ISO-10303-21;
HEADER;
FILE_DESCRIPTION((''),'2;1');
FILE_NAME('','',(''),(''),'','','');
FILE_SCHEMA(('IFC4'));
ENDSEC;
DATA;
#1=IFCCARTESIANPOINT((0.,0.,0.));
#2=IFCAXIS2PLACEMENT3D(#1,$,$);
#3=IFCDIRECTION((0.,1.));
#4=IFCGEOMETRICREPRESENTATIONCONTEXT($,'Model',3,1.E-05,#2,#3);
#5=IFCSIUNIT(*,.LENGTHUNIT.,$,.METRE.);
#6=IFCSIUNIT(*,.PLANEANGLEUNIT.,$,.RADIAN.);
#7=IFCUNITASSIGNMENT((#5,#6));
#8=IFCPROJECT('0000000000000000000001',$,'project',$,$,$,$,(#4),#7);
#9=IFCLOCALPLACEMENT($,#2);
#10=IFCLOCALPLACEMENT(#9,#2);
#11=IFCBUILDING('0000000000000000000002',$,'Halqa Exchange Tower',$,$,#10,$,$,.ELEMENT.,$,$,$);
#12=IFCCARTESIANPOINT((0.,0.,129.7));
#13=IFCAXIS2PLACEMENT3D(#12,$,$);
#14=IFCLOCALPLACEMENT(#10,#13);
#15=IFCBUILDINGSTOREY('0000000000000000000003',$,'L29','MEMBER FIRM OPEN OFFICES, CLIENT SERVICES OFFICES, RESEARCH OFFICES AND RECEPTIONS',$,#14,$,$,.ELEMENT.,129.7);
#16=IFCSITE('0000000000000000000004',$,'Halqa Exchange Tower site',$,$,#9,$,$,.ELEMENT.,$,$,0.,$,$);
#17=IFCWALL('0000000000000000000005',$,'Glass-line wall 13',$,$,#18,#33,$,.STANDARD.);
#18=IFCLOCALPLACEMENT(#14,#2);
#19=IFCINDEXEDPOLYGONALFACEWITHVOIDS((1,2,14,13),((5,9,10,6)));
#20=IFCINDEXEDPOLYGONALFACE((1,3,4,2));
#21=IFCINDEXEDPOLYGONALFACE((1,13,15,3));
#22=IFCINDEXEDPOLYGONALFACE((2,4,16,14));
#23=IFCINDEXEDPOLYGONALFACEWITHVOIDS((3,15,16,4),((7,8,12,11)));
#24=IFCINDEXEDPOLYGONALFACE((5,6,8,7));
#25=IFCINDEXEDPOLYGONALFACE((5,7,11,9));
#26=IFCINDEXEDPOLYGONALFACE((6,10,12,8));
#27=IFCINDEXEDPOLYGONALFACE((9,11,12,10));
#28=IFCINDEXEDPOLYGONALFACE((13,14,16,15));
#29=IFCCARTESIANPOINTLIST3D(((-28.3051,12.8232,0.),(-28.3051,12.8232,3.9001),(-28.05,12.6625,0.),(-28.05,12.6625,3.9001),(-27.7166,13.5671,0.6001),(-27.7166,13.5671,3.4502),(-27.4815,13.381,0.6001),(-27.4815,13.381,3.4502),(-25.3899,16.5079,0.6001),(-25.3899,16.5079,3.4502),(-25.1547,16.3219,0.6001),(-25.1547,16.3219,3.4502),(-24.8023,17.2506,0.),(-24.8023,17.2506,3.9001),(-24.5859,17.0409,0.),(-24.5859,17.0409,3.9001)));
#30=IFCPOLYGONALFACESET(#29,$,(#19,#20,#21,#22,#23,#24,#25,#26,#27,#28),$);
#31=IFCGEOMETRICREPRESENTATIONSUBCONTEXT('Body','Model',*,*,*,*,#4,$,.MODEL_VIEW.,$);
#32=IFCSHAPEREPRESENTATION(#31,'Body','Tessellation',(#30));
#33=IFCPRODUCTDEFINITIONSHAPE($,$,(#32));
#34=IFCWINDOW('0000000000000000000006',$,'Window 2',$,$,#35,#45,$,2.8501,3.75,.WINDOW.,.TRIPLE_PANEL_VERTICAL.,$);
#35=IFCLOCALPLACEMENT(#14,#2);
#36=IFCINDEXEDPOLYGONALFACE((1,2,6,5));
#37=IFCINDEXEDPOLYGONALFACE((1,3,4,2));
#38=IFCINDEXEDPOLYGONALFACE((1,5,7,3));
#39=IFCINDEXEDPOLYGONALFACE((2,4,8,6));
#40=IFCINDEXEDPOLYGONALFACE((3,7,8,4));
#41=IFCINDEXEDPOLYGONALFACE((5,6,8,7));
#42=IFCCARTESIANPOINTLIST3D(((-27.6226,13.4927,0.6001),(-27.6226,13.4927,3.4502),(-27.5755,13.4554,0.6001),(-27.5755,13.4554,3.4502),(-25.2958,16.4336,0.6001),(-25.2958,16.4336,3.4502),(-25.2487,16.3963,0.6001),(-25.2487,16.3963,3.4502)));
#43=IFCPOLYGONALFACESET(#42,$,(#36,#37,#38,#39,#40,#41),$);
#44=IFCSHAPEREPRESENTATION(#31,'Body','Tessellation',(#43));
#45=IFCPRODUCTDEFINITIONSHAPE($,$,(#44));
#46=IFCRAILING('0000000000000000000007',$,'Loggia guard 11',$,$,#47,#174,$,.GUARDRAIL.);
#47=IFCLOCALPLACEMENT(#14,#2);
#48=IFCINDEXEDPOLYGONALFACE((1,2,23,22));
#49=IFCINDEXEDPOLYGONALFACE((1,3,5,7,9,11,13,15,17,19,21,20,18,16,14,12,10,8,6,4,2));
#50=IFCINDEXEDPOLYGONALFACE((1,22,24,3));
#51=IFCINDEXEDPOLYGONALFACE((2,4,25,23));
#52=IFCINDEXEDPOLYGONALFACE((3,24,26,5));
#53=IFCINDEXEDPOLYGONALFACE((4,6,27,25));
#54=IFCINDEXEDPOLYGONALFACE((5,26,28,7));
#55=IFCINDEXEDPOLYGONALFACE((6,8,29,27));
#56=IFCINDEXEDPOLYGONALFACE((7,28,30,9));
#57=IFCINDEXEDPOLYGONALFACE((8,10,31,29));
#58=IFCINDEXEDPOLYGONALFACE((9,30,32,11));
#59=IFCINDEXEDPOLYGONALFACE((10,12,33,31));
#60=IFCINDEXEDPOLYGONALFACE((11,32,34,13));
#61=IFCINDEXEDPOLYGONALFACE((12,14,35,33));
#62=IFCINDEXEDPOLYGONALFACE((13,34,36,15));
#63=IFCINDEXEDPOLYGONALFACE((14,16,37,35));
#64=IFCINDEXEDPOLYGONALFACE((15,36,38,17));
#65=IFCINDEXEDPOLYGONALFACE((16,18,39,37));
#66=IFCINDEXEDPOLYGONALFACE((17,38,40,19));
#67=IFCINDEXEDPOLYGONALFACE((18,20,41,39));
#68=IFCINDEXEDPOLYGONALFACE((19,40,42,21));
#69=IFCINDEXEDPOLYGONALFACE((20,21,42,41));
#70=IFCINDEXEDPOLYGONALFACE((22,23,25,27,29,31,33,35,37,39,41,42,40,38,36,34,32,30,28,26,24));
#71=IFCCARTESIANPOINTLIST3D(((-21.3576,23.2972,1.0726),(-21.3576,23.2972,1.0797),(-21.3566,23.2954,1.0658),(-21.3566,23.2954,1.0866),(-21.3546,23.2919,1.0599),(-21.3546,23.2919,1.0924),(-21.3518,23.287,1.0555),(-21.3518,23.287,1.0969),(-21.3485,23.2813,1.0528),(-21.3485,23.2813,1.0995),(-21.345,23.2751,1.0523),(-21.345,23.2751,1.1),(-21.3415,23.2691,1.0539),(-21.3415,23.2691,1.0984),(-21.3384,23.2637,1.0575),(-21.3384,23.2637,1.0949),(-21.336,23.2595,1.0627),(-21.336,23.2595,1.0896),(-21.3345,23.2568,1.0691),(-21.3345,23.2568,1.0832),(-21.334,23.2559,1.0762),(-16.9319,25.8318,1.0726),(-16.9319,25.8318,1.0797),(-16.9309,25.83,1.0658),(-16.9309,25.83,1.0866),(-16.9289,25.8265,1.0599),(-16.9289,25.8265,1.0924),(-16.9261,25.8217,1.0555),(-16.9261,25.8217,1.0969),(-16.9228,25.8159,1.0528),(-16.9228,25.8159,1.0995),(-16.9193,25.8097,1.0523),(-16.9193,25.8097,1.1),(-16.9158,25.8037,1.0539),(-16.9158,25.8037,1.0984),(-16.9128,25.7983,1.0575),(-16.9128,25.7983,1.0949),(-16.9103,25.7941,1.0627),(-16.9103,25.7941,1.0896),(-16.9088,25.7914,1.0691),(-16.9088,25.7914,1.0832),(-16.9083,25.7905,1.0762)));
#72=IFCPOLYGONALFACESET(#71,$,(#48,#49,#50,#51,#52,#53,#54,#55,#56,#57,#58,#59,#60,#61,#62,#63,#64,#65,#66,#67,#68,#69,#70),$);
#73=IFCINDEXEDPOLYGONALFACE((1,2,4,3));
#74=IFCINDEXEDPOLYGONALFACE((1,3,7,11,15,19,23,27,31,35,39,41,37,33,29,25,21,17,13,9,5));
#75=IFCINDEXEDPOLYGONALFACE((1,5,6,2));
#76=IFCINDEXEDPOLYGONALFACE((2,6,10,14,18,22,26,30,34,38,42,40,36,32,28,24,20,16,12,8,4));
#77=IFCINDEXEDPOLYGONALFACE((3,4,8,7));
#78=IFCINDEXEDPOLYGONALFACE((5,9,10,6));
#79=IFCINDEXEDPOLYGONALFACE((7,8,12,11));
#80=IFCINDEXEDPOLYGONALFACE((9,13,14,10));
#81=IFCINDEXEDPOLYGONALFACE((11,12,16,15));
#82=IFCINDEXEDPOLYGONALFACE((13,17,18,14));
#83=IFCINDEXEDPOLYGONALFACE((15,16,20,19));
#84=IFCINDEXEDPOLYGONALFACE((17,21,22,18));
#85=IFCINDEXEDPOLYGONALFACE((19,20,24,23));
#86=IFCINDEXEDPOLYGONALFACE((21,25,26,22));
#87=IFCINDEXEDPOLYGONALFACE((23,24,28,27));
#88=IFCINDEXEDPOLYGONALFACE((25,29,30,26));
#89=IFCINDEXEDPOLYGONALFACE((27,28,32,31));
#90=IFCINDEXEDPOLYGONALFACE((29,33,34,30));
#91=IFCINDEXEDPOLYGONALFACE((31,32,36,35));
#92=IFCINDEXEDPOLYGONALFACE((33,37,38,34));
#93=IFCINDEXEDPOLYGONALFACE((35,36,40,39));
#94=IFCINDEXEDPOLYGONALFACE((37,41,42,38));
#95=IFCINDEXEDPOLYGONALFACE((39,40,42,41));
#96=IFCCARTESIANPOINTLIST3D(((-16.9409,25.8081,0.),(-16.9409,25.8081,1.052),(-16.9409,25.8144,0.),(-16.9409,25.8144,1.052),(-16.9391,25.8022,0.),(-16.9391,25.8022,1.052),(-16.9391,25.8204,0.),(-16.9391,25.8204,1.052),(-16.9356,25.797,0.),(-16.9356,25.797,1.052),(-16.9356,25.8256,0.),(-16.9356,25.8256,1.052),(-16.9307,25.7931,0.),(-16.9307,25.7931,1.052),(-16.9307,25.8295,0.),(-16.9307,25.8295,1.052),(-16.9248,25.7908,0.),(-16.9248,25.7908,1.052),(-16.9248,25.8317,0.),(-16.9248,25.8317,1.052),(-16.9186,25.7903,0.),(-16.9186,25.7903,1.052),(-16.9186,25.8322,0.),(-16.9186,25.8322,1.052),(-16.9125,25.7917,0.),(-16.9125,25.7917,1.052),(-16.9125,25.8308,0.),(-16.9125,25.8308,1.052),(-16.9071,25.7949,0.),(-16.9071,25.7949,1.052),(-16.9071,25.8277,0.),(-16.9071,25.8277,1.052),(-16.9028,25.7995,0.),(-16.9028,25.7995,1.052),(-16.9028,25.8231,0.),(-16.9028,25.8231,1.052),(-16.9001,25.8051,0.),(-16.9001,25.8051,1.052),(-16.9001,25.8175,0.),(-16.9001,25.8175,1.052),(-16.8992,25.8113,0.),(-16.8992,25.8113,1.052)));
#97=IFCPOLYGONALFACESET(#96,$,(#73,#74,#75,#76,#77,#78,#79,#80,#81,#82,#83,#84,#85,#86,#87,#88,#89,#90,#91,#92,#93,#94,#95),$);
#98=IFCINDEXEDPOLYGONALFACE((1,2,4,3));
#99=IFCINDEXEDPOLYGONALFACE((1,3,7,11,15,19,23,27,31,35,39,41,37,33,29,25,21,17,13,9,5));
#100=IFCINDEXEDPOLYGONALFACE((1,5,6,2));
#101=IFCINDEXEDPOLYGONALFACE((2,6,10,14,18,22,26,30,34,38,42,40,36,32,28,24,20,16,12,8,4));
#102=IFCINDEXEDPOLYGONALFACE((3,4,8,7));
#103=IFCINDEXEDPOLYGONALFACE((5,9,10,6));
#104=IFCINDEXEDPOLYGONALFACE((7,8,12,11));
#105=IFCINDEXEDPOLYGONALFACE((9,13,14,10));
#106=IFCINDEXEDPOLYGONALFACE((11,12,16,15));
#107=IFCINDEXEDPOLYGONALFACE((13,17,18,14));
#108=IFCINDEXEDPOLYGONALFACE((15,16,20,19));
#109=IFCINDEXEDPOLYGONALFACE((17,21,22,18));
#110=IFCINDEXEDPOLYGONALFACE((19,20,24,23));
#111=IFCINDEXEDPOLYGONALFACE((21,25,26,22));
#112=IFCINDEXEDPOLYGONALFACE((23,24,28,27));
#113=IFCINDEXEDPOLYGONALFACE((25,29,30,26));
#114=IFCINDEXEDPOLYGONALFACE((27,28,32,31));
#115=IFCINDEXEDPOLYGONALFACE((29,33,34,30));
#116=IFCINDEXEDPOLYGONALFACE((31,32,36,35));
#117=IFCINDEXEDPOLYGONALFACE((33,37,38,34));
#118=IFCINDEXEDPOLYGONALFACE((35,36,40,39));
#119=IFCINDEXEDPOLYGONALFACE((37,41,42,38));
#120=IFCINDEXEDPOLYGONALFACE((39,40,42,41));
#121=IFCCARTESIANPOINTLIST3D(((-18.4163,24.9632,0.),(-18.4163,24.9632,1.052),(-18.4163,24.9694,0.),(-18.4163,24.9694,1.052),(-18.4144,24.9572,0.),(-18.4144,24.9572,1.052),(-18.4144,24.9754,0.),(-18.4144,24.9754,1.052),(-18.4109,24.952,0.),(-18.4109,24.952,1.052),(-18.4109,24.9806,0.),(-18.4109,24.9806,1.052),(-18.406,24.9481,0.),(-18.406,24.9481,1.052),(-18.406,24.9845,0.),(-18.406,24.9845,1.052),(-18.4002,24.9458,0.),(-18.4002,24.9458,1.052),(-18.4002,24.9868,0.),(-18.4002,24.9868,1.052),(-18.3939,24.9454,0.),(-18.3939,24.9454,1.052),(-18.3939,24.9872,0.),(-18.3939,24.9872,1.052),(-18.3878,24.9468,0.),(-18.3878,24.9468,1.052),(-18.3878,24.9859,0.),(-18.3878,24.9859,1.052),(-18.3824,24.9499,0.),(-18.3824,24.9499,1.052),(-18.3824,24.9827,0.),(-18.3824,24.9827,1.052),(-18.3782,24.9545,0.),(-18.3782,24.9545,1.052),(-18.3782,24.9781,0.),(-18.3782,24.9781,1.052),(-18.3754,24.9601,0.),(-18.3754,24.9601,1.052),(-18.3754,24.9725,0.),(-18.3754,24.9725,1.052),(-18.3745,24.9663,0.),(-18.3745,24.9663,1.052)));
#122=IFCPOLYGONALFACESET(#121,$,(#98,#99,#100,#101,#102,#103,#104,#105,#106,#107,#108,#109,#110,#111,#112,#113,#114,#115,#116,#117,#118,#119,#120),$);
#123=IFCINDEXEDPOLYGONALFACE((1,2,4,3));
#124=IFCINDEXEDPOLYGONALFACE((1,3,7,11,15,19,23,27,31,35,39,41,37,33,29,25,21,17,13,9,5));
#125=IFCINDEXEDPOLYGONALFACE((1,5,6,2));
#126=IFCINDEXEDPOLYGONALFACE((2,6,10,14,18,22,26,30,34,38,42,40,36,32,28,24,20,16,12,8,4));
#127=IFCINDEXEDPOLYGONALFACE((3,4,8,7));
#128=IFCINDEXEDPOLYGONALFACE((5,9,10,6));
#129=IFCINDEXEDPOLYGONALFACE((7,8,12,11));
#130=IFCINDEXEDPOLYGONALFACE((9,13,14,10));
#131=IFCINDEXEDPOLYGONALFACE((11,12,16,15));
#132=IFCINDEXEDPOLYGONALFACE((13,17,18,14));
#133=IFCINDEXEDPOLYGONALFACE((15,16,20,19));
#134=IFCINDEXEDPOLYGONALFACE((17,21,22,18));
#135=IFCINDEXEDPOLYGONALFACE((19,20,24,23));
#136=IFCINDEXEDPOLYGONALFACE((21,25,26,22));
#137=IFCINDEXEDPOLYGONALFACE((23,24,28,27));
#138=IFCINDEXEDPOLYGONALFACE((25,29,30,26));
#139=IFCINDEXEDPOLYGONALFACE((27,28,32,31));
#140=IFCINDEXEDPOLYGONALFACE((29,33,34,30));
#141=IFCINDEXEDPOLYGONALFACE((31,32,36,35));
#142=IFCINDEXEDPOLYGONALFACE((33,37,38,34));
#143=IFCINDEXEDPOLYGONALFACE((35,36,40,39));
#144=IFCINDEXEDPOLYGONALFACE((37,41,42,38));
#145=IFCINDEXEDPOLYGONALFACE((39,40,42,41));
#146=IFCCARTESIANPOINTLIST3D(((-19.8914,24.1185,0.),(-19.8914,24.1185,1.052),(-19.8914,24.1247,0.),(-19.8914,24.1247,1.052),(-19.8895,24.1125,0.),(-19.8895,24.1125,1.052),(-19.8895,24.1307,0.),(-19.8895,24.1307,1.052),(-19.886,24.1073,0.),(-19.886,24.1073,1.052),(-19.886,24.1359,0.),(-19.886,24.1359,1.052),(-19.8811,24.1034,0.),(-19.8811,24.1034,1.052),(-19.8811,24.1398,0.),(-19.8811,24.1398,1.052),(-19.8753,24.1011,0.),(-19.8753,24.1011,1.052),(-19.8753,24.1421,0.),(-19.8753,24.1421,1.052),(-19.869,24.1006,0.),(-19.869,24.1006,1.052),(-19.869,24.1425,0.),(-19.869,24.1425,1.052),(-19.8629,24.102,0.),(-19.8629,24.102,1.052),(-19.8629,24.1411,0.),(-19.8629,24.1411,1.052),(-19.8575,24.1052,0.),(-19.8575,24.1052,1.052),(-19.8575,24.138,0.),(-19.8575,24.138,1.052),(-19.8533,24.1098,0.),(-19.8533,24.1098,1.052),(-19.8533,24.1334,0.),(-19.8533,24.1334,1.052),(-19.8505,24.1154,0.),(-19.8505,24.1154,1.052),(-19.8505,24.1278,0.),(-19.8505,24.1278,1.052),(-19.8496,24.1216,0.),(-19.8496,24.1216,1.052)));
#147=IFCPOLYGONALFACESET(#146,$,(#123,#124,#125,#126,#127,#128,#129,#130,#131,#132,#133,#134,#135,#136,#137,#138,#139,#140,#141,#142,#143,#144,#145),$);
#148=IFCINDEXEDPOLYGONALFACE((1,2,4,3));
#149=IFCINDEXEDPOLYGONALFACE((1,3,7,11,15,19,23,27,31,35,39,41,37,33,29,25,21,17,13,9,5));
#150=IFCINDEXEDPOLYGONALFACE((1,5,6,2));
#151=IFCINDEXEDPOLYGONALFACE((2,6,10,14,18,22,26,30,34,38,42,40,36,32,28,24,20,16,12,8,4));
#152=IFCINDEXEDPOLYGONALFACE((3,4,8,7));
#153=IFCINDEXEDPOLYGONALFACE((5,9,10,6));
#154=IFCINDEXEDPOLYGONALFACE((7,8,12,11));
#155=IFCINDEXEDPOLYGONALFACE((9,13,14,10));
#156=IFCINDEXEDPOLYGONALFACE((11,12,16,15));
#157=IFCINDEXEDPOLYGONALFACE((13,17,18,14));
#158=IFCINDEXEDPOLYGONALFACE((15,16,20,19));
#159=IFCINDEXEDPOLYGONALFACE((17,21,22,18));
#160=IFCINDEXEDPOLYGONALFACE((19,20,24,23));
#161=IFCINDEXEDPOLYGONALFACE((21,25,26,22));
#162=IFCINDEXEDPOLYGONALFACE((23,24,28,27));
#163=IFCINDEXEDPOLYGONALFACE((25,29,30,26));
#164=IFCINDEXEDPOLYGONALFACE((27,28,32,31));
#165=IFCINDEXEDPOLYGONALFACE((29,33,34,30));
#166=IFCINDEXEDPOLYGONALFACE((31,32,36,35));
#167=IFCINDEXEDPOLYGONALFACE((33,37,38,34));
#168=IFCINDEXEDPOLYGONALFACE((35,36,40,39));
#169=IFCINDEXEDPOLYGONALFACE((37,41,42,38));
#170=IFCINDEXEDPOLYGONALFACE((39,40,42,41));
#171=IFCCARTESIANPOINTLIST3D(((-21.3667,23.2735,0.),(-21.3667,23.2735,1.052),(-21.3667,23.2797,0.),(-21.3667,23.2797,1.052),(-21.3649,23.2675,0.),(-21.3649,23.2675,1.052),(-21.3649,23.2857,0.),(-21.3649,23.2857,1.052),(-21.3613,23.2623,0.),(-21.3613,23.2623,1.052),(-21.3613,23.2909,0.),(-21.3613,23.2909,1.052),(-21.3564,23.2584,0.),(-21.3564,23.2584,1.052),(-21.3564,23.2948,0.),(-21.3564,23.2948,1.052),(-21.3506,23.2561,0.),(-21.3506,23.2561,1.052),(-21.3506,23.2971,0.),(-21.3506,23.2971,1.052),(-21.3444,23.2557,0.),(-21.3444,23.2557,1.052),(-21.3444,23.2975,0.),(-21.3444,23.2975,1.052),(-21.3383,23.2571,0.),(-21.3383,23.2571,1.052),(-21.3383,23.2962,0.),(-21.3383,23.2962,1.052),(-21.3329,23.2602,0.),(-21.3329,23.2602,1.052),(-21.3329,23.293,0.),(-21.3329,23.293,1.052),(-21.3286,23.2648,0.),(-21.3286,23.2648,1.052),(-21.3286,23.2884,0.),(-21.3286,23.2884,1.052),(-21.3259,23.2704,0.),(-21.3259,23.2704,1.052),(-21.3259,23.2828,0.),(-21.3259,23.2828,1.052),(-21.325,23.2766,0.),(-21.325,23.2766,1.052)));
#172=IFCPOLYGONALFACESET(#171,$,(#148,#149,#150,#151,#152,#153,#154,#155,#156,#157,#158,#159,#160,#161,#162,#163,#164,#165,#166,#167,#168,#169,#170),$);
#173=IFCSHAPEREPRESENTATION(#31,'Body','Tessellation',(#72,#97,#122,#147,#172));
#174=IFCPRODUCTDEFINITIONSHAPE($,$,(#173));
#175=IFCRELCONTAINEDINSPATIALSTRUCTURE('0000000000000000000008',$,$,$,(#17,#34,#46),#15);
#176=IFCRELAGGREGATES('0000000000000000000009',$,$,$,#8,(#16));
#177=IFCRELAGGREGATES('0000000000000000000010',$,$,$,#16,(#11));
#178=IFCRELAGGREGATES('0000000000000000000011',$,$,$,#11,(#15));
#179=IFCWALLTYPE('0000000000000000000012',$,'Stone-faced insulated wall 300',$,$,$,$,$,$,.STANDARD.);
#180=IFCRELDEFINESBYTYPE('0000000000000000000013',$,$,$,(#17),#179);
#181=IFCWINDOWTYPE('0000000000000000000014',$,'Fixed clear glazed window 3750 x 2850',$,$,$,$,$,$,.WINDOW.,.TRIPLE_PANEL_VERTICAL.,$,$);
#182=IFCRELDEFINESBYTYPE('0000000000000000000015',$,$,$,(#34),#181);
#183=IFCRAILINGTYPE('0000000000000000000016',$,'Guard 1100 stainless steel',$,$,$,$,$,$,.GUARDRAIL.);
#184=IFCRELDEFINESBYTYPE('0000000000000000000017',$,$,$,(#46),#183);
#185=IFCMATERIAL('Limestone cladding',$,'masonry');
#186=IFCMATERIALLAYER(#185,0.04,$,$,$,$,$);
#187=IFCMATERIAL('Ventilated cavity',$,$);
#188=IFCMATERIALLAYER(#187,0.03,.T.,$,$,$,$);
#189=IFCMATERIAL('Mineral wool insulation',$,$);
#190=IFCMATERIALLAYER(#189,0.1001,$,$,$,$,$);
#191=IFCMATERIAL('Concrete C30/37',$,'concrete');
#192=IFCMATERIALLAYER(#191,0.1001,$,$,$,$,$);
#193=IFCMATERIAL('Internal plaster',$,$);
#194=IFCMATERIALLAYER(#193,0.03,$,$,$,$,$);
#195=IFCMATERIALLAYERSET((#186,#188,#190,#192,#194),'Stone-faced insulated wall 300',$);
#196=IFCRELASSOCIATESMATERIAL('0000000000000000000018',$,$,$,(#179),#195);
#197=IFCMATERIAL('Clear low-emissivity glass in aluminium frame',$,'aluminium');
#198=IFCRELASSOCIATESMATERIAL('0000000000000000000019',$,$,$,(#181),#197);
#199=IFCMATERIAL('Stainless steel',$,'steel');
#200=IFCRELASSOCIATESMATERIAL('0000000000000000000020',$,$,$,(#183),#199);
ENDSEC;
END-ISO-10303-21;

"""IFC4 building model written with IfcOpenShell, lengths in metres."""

from ifc_helpers import new_model, si_unit, direction, frame, frame_2d, origin, origin_2d, place, context, subcontext, project, spatial, polyline, rectangle, circle, outline, extrude, material, layer, layer_set, type_object, element, fill, save


model = new_model("IFC4")

# Units and contexts
model_context = context("Model", 3, precision=1e-05, world=origin(), true_north=direction((0.0, 1.0)))
body_context = subcontext(model_context, "Body", "Model", "MODEL_VIEW")
ifc_project = project(units=[si_unit("LENGTHUNIT", "METRE"), si_unit("PLANEANGLEUNIT", "RADIAN")], contexts=[model_context])

# Site, building, storey
site_placement = place(None, origin())
site = spatial("IfcSite", under=ifc_project, at=site_placement, Name="Halqa Exchange Tower site", CompositionType="ELEMENT", RefElevation=0.0)
building_placement = place(site_placement, origin())
building = spatial("IfcBuilding", under=site, at=building_placement, Name="Halqa Exchange Tower", CompositionType="ELEMENT")
storey_placement = place(building_placement, frame((0.0, 0.0, 129.7)))
storey = spatial("IfcBuildingStorey", under=building, at=storey_placement, Name="L29", Description="MEMBER FIRM OPEN OFFICES, CLIENT SERVICES OFFICES, RESEARCH OFFICES AND RECEPTIONS", CompositionType="ELEMENT", Elevation=129.7)

# Shared definitions
ifc_material_1 = material(Name="Limestone cladding", Category="masonry")
ifc_layer_1 = layer(ifc_material_1, 0.04)
ifc_material_2 = material(Name="Ventilated cavity")
ifc_layer_2 = layer(ifc_material_2, 0.03, ventilated=True)
ifc_material_3 = material(Name="Mineral wool insulation")
ifc_layer_3 = layer(ifc_material_3, 0.1001)
ifc_material_4 = material(Name="Concrete C30/37", Category="concrete")
ifc_layer_4 = layer(ifc_material_4, 0.1001)
ifc_material_5 = material(Name="Internal plaster")
ifc_layer_5 = layer(ifc_material_5, 0.03)
ifc_layer_set_1 = layer_set([ifc_layer_1, ifc_layer_2, ifc_layer_3, ifc_layer_4, ifc_layer_5], Name="Stone-faced insulated wall 300")
wall_type_1 = type_object("IfcWallType", Name="Stone-faced insulated wall 300", PredefinedType="STANDARD", material=ifc_layer_set_1)
ifc_material_6 = material(Name="Clear low-emissivity glass in aluminium frame", Category="aluminium")
window_type = type_object("IfcWindowType", Name="Fixed clear glazed window 3750 x 2850", PartitioningType="TRIPLE_PANEL_VERTICAL", PredefinedType="WINDOW", material=ifc_material_6)

# Wall, opening, window
wall_1_placement = place(storey_placement, frame((-24.6941, 17.1458, 0.0), z_axis=(0.0, 0.0, 1.0), x_axis=(-0.620465, -0.784234, 0.0)))
wall_1 = element("IfcWall", 1, at=wall_1_placement, inside=storey, type_object=wall_type_1, Name="Glass-line wall 13", PredefinedType="STANDARD", context=body_context, shape_type="SweptSolid", body=[
    extrude(outline(polyline([(-0.0151, -0.1499), (5.6304, -0.1499), (5.5981, 0.1499), (0.0151, 0.1499), (-0.0151, -0.1499)])), origin(), (0.0, 0.0, 1.0), 3.9001),
])
opening_1_placement = place(wall_1_placement, frame((0.9319, 0.0, 0.6001)))
opening_1 = element("IfcOpeningElement", 2, at=opening_1_placement, cuts=wall_1, PredefinedType="OPENING", context=body_context, shape_type="SweptSolid", body=[
    extrude(rectangle(XDim=3.75, YDim=2.8501, at=frame_2d((1.875, 1.425))), frame((0.0, 0.1621, 0.0), z_axis=(0.0, -1.0, 0.0), x_axis=(1.0, 0.0, 0.0)), (0.0, 0.0, 1.0), 0.324),
])
window_1_placement = place(opening_1_placement, origin())
window_1 = element("IfcWindow", 3, at=window_1_placement, inside=storey, type_object=window_type, Name="Window 2", OverallHeight=2.8501, OverallWidth=3.75, PartitioningType="TRIPLE_PANEL_VERTICAL", PredefinedType="WINDOW", context=body_context, shape_type="SweptSolid", body=[
    extrude(rectangle(XDim=3.75, YDim=2.8501, at=frame_2d((1.875, 1.425))), frame((0.0, 0.03, 0.0), z_axis=(0.0, -1.0, 0.0), x_axis=(1.0, 0.0, 0.0)), (0.0, 0.0, 1.0), 0.0601),
])
fill(opening_1, window_1)

# Railing
ifc_material_7 = material(Name="Stainless steel", Category="steel")
railing_type = type_object("IfcRailingType", Name="Guard 1100 stainless steel", PredefinedType="GUARDRAIL", material=ifc_material_7)
railing_1_placement = place(storey_placement, frame((-16.9202, 25.8113, 0.0)))
element("IfcRailing", 4, at=railing_1_placement, inside=storey, type_object=railing_type, Name="Loggia guard 11", PredefinedType="GUARDRAIL", context=body_context, shape_type="SweptSolid", body=[
    extrude(circle(Radius=0.0239, at=origin_2d()), frame((0.0, 0.0, 1.0762), z_axis=(-0.867766, -0.496974, 0.0), x_axis=(0.496974, -0.867766, 0.0)), (0.0, 0.0, 1.0), 5.1001),
    extrude(circle(Radius=0.021, at=origin_2d()), origin(), (0.0, 0.0, 1.0), 1.052),
    extrude(circle(Radius=0.021, at=origin_2d()), frame((-1.4753, -0.845, 0.0)), (0.0, 0.0, 1.0), 1.052),
    extrude(circle(Radius=0.021, at=origin_2d()), frame((-2.9504, -1.6897, 0.0)), (0.0, 0.0, 1.0), 1.052),
    extrude(circle(Radius=0.021, at=origin_2d()), frame((-4.4258, -2.5347, 0.0)), (0.0, 0.0, 1.0), 1.052),
])

save(model, "model.ifc")
